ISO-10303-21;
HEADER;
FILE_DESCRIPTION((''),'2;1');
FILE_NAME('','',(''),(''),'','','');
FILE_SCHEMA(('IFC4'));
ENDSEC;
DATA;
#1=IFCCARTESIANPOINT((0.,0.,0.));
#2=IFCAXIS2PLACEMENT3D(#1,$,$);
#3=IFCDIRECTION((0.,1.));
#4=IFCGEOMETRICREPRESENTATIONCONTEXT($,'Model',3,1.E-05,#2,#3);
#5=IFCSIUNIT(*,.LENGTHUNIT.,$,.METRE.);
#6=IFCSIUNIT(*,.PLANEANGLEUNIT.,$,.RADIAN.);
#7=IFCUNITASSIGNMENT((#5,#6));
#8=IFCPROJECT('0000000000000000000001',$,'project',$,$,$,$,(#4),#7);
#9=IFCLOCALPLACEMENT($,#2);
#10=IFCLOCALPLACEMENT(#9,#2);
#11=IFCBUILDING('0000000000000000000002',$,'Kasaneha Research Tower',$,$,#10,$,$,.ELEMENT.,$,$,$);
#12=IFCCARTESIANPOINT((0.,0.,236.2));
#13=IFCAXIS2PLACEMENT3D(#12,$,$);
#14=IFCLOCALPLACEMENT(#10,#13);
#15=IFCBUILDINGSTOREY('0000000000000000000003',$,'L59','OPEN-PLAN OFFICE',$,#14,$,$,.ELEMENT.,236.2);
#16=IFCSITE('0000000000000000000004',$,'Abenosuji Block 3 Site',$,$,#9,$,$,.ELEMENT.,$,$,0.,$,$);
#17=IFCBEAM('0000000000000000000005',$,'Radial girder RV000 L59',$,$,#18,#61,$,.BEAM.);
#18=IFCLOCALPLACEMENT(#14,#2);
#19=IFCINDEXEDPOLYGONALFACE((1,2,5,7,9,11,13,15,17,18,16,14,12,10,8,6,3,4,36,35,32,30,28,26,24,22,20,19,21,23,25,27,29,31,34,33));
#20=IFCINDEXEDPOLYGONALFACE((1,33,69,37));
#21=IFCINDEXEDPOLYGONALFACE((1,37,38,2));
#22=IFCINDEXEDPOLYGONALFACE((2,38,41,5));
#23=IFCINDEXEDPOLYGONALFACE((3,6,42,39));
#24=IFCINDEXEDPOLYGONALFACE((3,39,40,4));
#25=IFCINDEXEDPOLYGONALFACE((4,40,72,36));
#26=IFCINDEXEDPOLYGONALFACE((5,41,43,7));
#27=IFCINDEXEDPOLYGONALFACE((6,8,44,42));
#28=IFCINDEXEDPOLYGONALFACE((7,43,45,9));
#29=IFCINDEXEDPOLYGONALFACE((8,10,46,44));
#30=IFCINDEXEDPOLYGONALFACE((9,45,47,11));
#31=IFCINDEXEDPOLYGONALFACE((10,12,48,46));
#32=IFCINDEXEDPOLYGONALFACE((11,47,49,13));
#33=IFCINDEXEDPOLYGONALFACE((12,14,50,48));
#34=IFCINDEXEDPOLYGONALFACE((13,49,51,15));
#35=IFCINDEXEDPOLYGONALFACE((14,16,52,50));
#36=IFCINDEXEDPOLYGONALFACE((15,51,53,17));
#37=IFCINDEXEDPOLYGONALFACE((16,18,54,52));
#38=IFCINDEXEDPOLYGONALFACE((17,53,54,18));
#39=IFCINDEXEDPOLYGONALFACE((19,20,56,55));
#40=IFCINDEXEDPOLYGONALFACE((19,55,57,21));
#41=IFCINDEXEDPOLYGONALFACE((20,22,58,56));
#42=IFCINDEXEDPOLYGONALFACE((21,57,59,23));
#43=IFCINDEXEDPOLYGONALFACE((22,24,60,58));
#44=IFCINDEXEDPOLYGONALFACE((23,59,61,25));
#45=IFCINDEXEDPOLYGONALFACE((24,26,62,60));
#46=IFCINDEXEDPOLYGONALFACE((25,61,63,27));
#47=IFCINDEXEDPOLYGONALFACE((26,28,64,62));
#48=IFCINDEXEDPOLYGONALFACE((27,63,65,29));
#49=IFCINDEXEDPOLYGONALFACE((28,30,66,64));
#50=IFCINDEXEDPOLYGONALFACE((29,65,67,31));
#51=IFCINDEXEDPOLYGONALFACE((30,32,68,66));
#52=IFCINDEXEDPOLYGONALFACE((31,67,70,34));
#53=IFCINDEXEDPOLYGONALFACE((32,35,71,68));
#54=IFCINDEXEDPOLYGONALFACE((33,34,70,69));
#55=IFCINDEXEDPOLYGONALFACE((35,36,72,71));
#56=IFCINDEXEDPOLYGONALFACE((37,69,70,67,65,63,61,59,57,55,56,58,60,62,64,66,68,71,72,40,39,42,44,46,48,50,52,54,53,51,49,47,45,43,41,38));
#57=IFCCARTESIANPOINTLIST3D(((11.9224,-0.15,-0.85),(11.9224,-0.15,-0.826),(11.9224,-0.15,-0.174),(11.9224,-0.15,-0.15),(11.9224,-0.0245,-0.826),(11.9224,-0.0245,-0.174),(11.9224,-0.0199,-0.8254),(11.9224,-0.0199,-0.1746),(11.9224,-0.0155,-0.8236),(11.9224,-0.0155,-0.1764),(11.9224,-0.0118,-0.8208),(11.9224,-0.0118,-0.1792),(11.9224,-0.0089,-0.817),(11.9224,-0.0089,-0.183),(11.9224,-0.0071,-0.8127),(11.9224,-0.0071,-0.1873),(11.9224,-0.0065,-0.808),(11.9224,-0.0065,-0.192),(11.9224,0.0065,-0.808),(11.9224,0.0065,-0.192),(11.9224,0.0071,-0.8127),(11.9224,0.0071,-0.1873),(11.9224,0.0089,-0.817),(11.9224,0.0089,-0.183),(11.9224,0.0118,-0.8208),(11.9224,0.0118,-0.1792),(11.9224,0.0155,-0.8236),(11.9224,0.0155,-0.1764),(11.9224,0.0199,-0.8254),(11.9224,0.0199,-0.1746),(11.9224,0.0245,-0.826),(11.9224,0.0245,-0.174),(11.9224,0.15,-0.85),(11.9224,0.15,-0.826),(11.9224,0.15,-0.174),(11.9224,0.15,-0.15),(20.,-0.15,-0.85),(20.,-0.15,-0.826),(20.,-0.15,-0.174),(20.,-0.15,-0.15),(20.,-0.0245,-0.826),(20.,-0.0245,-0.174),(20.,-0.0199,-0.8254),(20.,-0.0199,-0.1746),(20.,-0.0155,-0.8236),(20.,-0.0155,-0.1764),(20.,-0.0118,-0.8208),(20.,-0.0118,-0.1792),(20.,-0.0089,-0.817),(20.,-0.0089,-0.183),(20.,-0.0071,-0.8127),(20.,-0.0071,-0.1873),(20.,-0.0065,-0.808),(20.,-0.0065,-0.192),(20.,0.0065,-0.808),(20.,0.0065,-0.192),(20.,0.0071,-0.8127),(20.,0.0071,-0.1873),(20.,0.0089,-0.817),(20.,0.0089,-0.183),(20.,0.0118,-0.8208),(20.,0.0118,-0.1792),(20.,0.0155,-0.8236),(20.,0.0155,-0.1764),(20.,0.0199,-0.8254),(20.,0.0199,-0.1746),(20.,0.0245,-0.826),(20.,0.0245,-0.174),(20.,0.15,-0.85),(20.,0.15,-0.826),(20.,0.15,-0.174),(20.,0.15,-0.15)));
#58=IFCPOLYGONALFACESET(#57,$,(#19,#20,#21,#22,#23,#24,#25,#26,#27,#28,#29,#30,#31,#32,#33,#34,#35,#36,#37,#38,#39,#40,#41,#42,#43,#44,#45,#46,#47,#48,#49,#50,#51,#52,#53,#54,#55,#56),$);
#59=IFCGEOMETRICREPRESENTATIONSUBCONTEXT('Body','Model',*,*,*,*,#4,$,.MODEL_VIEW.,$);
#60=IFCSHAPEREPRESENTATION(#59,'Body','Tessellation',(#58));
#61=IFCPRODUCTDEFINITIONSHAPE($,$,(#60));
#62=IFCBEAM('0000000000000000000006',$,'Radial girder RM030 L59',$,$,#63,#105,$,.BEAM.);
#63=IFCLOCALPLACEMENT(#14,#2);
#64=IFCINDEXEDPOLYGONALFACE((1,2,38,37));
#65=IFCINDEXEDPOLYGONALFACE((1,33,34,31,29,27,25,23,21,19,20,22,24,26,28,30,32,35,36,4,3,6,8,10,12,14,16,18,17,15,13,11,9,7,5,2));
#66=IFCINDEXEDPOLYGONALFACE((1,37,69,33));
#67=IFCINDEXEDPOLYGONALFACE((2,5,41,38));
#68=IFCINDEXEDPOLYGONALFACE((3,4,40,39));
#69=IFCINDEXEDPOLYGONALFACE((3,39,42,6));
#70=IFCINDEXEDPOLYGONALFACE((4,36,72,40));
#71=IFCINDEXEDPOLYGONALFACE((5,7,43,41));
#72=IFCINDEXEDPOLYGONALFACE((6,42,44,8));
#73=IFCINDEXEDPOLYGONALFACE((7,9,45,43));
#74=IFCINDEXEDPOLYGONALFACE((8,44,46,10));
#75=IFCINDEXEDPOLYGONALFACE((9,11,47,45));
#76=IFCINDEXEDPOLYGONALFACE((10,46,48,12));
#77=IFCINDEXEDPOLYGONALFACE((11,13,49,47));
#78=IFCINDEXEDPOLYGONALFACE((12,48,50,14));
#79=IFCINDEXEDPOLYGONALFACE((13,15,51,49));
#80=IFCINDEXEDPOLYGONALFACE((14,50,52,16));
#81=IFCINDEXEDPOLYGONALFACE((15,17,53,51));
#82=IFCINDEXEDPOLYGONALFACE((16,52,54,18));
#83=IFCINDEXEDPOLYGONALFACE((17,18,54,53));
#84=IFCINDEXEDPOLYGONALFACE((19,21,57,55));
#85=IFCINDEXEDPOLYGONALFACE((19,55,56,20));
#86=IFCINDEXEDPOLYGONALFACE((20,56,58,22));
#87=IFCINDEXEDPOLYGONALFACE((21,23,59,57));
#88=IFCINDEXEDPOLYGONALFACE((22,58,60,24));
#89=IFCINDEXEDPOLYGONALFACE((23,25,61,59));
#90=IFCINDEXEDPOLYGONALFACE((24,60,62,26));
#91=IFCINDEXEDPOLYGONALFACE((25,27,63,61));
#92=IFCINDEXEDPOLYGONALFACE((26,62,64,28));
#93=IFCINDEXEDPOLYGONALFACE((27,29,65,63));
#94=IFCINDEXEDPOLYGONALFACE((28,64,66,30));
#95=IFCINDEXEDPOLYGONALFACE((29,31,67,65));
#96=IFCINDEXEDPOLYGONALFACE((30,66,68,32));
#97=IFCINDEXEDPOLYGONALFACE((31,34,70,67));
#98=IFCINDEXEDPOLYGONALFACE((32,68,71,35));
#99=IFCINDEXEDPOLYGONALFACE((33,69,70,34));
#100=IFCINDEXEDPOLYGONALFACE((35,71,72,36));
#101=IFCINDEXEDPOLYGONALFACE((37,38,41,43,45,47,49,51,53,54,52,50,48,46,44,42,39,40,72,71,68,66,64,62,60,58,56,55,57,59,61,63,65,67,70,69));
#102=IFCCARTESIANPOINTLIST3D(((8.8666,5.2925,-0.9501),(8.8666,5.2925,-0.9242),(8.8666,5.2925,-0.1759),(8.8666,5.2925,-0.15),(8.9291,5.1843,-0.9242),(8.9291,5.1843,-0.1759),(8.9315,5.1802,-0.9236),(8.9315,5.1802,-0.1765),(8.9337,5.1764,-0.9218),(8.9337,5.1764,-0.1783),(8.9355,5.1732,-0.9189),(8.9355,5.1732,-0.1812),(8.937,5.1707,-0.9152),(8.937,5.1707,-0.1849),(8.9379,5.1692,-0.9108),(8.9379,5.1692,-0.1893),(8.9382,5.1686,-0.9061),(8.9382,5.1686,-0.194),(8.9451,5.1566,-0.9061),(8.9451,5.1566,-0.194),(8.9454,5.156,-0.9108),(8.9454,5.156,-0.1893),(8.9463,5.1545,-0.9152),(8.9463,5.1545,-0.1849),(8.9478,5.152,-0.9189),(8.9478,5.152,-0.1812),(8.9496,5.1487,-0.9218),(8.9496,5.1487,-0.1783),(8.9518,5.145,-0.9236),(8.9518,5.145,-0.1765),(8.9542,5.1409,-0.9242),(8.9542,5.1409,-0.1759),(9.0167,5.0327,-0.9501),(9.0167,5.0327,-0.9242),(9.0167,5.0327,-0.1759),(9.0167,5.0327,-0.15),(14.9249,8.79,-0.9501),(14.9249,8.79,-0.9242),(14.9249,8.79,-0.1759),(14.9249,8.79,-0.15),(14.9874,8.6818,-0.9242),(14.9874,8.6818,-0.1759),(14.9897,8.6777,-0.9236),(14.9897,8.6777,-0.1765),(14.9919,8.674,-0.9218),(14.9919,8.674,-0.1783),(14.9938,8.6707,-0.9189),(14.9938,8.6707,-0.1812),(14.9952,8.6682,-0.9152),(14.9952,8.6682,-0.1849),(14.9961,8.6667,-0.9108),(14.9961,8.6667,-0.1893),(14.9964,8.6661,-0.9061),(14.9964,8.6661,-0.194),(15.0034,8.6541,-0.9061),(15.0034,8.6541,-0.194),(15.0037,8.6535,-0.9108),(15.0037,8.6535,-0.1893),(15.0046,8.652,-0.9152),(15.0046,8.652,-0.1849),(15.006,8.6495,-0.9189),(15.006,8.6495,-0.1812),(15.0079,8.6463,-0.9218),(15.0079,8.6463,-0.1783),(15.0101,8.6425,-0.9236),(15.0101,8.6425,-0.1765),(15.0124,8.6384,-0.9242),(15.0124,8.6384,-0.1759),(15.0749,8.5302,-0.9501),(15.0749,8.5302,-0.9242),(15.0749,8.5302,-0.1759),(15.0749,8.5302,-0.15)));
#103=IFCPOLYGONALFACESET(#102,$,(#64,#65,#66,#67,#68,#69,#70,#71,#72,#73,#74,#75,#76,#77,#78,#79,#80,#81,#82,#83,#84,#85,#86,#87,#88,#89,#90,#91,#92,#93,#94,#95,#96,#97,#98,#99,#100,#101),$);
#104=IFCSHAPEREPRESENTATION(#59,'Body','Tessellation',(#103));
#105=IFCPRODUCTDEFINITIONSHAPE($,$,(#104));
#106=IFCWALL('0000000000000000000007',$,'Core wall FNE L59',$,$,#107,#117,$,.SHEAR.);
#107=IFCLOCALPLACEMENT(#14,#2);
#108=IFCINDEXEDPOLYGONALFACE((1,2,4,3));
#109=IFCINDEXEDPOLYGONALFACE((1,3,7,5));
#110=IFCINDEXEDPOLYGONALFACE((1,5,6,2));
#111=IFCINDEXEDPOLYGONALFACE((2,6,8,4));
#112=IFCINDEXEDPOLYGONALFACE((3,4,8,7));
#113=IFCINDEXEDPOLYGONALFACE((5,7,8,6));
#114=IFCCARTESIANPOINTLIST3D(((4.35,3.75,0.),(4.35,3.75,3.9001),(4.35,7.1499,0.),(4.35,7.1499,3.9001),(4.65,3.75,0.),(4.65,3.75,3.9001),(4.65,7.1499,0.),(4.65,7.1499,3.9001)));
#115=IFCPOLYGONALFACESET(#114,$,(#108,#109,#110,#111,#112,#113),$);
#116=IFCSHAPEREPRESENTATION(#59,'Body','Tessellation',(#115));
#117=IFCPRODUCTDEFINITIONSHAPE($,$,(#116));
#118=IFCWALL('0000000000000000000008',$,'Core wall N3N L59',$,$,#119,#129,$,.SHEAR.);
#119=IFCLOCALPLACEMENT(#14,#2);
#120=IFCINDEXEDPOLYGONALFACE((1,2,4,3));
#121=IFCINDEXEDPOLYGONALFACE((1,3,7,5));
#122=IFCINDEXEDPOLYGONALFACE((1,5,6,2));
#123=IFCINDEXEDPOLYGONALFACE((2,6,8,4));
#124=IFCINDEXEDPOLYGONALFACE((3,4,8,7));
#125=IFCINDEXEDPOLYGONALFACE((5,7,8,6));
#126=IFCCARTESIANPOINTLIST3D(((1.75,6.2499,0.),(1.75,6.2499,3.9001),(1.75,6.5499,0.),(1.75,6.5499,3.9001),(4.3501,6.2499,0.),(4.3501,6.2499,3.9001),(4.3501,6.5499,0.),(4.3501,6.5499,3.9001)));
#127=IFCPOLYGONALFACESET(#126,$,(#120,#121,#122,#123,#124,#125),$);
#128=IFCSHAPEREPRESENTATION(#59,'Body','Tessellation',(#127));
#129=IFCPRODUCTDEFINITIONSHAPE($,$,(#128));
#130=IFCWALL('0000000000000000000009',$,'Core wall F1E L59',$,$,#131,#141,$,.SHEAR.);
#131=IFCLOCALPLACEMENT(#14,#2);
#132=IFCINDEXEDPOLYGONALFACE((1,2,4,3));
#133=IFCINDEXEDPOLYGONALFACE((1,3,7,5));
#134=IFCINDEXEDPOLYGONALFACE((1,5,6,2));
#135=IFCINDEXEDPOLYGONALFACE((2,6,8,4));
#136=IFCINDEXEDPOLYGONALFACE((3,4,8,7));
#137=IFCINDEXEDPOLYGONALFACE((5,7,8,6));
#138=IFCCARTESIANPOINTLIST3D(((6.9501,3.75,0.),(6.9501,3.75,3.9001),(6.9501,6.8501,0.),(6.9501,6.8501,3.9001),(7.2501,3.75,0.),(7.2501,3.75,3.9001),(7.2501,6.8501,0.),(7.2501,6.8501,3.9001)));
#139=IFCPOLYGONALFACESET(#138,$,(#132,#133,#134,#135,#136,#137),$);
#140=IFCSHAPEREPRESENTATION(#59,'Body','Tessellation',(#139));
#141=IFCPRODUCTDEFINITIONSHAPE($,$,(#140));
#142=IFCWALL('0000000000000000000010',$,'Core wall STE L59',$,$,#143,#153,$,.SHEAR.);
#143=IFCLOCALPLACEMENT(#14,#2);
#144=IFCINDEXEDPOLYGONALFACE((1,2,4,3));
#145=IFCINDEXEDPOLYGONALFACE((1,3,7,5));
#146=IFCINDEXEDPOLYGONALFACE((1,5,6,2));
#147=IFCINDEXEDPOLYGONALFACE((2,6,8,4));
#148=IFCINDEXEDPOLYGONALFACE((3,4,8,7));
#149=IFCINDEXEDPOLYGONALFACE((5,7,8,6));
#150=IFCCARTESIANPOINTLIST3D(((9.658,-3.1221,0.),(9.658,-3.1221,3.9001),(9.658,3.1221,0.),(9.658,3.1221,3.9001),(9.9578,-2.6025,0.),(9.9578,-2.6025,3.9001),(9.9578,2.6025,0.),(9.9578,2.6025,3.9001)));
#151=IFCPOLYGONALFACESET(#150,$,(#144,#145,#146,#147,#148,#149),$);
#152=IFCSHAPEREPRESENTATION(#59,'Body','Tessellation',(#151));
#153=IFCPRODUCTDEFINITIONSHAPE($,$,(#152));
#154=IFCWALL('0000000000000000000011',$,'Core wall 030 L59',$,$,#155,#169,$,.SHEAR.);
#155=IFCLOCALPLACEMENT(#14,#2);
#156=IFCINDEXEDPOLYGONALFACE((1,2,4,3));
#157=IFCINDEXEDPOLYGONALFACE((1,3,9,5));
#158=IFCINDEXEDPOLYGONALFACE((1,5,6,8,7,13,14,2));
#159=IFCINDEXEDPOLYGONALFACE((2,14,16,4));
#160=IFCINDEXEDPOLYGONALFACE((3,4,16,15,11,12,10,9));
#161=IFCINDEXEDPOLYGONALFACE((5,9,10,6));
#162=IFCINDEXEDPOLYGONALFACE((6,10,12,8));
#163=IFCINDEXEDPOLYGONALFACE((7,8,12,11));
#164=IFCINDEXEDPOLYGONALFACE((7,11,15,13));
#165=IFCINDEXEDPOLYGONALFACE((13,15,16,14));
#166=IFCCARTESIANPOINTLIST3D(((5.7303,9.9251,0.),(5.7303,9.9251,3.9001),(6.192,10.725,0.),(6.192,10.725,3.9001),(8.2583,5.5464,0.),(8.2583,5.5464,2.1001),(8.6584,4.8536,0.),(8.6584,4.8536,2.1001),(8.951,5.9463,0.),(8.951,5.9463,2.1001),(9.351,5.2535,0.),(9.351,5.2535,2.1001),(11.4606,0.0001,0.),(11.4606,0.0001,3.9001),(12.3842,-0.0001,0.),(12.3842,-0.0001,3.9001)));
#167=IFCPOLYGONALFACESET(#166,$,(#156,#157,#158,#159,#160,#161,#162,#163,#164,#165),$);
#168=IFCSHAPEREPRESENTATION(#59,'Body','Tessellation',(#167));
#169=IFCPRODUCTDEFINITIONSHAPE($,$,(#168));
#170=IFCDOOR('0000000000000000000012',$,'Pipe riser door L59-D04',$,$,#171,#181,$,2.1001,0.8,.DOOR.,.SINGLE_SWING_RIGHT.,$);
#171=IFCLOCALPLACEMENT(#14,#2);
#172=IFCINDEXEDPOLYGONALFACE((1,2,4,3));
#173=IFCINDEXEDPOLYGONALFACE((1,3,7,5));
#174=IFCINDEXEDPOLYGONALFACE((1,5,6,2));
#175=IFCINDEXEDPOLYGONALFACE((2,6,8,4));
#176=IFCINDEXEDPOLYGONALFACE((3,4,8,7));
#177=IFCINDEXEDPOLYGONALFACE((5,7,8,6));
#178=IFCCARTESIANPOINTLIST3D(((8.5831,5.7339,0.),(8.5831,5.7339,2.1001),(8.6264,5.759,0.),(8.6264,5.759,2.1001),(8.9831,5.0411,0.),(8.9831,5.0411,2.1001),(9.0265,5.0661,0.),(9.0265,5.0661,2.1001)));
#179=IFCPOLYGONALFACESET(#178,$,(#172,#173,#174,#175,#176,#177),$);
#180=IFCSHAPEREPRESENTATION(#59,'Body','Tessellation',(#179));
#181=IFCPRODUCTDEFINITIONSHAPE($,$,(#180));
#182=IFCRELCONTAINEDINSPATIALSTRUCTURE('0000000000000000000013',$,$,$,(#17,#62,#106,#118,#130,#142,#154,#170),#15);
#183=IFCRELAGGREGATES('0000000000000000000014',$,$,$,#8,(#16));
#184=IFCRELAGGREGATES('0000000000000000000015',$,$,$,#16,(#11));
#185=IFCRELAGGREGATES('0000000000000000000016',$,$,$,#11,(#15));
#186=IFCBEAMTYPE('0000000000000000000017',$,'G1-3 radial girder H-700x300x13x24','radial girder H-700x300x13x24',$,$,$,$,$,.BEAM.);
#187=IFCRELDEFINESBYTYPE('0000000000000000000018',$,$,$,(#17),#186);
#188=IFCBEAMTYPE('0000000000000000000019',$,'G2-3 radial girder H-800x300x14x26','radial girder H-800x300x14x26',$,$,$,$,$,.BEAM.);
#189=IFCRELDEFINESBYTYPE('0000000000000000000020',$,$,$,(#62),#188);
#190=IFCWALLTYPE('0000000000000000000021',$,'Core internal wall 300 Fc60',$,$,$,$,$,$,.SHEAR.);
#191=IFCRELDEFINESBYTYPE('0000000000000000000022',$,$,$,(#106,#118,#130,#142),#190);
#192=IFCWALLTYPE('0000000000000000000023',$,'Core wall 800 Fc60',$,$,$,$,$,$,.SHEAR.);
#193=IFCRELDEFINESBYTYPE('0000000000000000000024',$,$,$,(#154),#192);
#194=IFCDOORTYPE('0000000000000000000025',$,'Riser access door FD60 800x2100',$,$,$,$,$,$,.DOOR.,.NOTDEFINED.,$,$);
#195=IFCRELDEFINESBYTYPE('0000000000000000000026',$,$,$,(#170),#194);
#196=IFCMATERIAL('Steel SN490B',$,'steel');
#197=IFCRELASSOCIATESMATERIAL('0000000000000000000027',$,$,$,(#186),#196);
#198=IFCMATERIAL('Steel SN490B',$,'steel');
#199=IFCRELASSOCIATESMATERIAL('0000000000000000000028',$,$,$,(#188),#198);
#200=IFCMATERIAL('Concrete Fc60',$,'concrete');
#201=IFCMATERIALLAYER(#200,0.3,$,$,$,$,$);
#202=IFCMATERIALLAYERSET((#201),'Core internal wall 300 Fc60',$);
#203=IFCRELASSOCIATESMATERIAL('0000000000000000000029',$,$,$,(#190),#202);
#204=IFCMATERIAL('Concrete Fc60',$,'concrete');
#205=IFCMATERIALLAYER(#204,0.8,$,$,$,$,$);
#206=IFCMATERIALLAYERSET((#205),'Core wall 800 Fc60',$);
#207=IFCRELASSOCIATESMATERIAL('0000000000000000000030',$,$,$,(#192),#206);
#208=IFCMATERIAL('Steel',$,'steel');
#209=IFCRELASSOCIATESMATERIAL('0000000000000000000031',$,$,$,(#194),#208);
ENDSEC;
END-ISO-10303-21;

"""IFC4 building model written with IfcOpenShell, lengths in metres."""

from ifc_helpers import new_model, si_unit, direction, frame, frame_2d, origin, origin_2d, place, context, subcontext, project, spatial, polyline, rectangle, i_section, outline, extrude, material, layer, layer_set, material_profile, profile_set, type_object, element, fill, save


model = new_model("IFC4")

# Units and contexts
model_context = context("Model", 3, precision=1e-05, world=origin(), true_north=direction((0.0, 1.0)))
body_context = subcontext(model_context, "Body", "Model", "MODEL_VIEW")
ifc_project = project(units=[si_unit("LENGTHUNIT", "METRE"), si_unit("PLANEANGLEUNIT", "RADIAN")], contexts=[model_context])

# Site, building, storey
site_placement = place(None, origin())
site = spatial("IfcSite", under=ifc_project, at=site_placement, Name="Abenosuji Block 3 Site", CompositionType="ELEMENT", RefElevation=0.0)
building_placement = place(site_placement, origin())
building = spatial("IfcBuilding", under=site, at=building_placement, Name="Kasaneha Research Tower", CompositionType="ELEMENT")
storey_placement = place(building_placement, frame((0.0, 0.0, 236.2)))
storey = spatial("IfcBuildingStorey", under=building, at=storey_placement, Name="L59", Description="OPEN-PLAN OFFICE", CompositionType="ELEMENT", Elevation=236.2)

# Beams
ifc_material_1 = material(Name="Steel SN490B", Category="steel")
ifc_material_profile_1 = material_profile(ifc_material_1, i_section(OverallWidth=0.3, OverallDepth=0.7, WebThickness=0.0129, FlangeThickness=0.0239, FilletRadius=0.0181, at=origin_2d()), Name="H-700x300x13x24")
ifc_profile_set_1 = profile_set([ifc_material_profile_1], Name="Steel SN490B")
beam_type_1 = type_object("IfcBeamType", Name="G1-3 radial girder H-700x300x13x24", Description="radial girder H-700x300x13x24", PredefinedType="BEAM", material=ifc_profile_set_1)
beam_1_placement = place(storey_placement, frame((11.9224, 0.0, -0.5), z_axis=(1.0, 0.0, 0.0), x_axis=(0.0, 1.0, 0.0)))
element("IfcBeam", 1, at=beam_1_placement, inside=storey, type_object=beam_type_1, Name="Radial girder RV000 L59", PredefinedType="BEAM", context=body_context, shape_type="SweptSolid", body=[
    extrude(i_section(OverallWidth=0.3, OverallDepth=0.7, WebThickness=0.0129, FlangeThickness=0.0239, FilletRadius=0.0181, at=origin_2d()), origin(), (0.0, 0.0, 1.0), 8.0776),
])
ifc_material_2 = material(Name="Steel SN490B", Category="steel")
ifc_material_profile_2 = material_profile(ifc_material_2, i_section(OverallWidth=0.3, OverallDepth=0.8, WebThickness=0.0139, FlangeThickness=0.0259, FilletRadius=0.0181, at=origin_2d()), Name="H-800x300x14x26")
ifc_profile_set_2 = profile_set([ifc_material_profile_2], Name="Steel SN490B")
beam_type_2 = type_object("IfcBeamType", Name="G2-3 radial girder H-800x300x14x26", Description="radial girder H-800x300x14x26", PredefinedType="BEAM", material=ifc_profile_set_2)
beam_2_placement = place(storey_placement, frame((8.9417, 5.1626, -0.55), z_axis=(0.86604, 0.499975, 0.0), x_axis=(-0.499975, 0.86604, 0.0)))
element("IfcBeam", 2, at=beam_2_placement, inside=storey, type_object=beam_type_2, Name="Radial girder RM030 L59", PredefinedType="BEAM", context=body_context, shape_type="SweptSolid", body=[
    extrude(i_section(OverallWidth=0.3, OverallDepth=0.8, WebThickness=0.0139, FlangeThickness=0.0259, FilletRadius=0.0181, at=origin_2d()), origin(), (0.0, 0.0, 1.0), 6.9954),
])

# Walls
ifc_material_3 = material(Name="Concrete Fc60", Category="concrete")
ifc_layer_1 = layer(ifc_material_3, 0.3)
ifc_layer_set_1 = layer_set([ifc_layer_1], Name="Core internal wall 300 Fc60")
wall_type_1 = type_object("IfcWallType", Name="Core internal wall 300 Fc60", PredefinedType="SHEAR", material=ifc_layer_set_1)
wall_1_placement = place(storey_placement, frame((4.5, 3.75, 0.0), z_axis=(0.0, 0.0, 1.0), x_axis=(0.0, 1.0, 0.0)))
element("IfcWall", 3, at=wall_1_placement, inside=storey, type_object=wall_type_1, Name="Core wall FNE L59", PredefinedType="SHEAR", context=body_context, shape_type="SweptSolid", body=[
    extrude(rectangle(XDim=3.3999, YDim=0.3, at=frame_2d((1.7, 0.0))), origin(), (0.0, 0.0, 1.0), 3.9001),
])
wall_2_placement = place(storey_placement, frame((1.75, 6.3999, 0.0), z_axis=(0.0, 0.0, 1.0), x_axis=(1.0, 0.0, 0.0)))
element("IfcWall", 4, at=wall_2_placement, inside=storey, type_object=wall_type_1, Name="Core wall N3N L59", PredefinedType="SHEAR", context=body_context, shape_type="SweptSolid", body=[
    extrude(rectangle(XDim=2.6001, YDim=0.3, at=frame_2d((1.3, 0.0))), origin(), (0.0, 0.0, 1.0), 3.9001),
])
wall_3_placement = place(storey_placement, frame((7.1001, 3.75, 0.0), z_axis=(0.0, 0.0, 1.0), x_axis=(0.0, 1.0, 0.0)))
element("IfcWall", 5, at=wall_3_placement, inside=storey, type_object=wall_type_1, Name="Core wall F1E L59", PredefinedType="SHEAR", context=body_context, shape_type="SweptSolid", body=[
    extrude(rectangle(XDim=3.1001, YDim=0.3, at=frame_2d((1.55, 0.0))), origin(), (0.0, 0.0, 1.0), 3.9001),
])
wall_4_placement = place(storey_placement, frame((9.8079, -2.8623, 0.0), z_axis=(0.0, 0.0, 1.0), x_axis=(0.0, 1.0, 0.0)))
element("IfcWall", 6, at=wall_4_placement, inside=storey, type_object=wall_type_1, Name="Core wall STE L59", PredefinedType="SHEAR", context=body_context, shape_type="SweptSolid", body=[
    extrude(outline(polyline([(0.2598, -0.1499), (5.4648, -0.1499), (5.9844, 0.1499), (-0.2598, 0.1499), (0.2598, -0.1499)])), origin(), (0.0, 0.0, 1.0), 3.9001),
])

# Wall, opening, door
ifc_material_4 = material(Name="Concrete Fc60", Category="concrete")
ifc_layer_2 = layer(ifc_material_4, 0.8)
ifc_layer_set_2 = layer_set([ifc_layer_2], Name="Core wall 800 Fc60")
wall_type_2 = type_object("IfcWallType", Name="Core wall 800 Fc60", PredefinedType="SHEAR", material=ifc_layer_set_2)
wall_5_placement = place(storey_placement, frame((11.9224, 0.0, 0.0), z_axis=(0.0, 0.0, 1.0), x_axis=(-0.500004, 0.866023, 0.0)))
wall_5 = element("IfcWall", 7, at=wall_5_placement, inside=storey, type_object=wall_type_2, Name="Core wall 030 L59", PredefinedType="SHEAR", context=body_context, shape_type="SweptSolid", body=[
    extrude(outline(polyline([(-0.231, -0.3999), (5.8354, -0.3999), (6.6355, -0.3999), (12.1533, -0.3999), (11.6914, 0.3999), (6.6355, 0.3999), (5.8354, 0.3999), (0.231, 0.3999), (-0.231, -0.3999)])), origin(), (0.0, 0.0, 1.0), 3.9001),
])
opening_placement = place(wall_5_placement, frame((5.8354, 0.0, 0.0)))
opening = element("IfcOpeningElement", 8, at=opening_placement, cuts=wall_5, PredefinedType="OPENING", context=body_context, shape_type="SweptSolid", body=[
    extrude(rectangle(XDim=0.8, YDim=2.1001, at=frame_2d((0.3999, 1.05))), frame((0.0, 0.4102, 0.0), z_axis=(0.0, -1.0, 0.0), x_axis=(1.0, 0.0, 0.0)), (0.0, 0.0, 1.0), 0.8201),
])
ifc_material_5 = material(Name="Steel", Category="steel")
door_type = type_object("IfcDoorType", Name="Riser access door FD60 800x2100", OperationType="NOTDEFINED", PredefinedType="DOOR", material=ifc_material_5)
door_placement = place(opening_placement, origin())
door = element("IfcDoor", 9, at=door_placement, inside=storey, type_object=door_type, Name="Pipe riser door L59-D04", OperationType="SINGLE_SWING_RIGHT", OverallHeight=2.1001, OverallWidth=0.8, PredefinedType="DOOR", context=body_context, shape_type="SweptSolid", body=[
    extrude(rectangle(XDim=0.8, YDim=2.1001, at=frame_2d((0.3999, 1.05))), frame((0.0, 0.0249, 0.0), z_axis=(0.0, -1.0, 0.0), x_axis=(1.0, 0.0, 0.0)), (0.0, 0.0, 1.0), 0.05),
])
fill(opening, door)

save(model, "model.ifc")
